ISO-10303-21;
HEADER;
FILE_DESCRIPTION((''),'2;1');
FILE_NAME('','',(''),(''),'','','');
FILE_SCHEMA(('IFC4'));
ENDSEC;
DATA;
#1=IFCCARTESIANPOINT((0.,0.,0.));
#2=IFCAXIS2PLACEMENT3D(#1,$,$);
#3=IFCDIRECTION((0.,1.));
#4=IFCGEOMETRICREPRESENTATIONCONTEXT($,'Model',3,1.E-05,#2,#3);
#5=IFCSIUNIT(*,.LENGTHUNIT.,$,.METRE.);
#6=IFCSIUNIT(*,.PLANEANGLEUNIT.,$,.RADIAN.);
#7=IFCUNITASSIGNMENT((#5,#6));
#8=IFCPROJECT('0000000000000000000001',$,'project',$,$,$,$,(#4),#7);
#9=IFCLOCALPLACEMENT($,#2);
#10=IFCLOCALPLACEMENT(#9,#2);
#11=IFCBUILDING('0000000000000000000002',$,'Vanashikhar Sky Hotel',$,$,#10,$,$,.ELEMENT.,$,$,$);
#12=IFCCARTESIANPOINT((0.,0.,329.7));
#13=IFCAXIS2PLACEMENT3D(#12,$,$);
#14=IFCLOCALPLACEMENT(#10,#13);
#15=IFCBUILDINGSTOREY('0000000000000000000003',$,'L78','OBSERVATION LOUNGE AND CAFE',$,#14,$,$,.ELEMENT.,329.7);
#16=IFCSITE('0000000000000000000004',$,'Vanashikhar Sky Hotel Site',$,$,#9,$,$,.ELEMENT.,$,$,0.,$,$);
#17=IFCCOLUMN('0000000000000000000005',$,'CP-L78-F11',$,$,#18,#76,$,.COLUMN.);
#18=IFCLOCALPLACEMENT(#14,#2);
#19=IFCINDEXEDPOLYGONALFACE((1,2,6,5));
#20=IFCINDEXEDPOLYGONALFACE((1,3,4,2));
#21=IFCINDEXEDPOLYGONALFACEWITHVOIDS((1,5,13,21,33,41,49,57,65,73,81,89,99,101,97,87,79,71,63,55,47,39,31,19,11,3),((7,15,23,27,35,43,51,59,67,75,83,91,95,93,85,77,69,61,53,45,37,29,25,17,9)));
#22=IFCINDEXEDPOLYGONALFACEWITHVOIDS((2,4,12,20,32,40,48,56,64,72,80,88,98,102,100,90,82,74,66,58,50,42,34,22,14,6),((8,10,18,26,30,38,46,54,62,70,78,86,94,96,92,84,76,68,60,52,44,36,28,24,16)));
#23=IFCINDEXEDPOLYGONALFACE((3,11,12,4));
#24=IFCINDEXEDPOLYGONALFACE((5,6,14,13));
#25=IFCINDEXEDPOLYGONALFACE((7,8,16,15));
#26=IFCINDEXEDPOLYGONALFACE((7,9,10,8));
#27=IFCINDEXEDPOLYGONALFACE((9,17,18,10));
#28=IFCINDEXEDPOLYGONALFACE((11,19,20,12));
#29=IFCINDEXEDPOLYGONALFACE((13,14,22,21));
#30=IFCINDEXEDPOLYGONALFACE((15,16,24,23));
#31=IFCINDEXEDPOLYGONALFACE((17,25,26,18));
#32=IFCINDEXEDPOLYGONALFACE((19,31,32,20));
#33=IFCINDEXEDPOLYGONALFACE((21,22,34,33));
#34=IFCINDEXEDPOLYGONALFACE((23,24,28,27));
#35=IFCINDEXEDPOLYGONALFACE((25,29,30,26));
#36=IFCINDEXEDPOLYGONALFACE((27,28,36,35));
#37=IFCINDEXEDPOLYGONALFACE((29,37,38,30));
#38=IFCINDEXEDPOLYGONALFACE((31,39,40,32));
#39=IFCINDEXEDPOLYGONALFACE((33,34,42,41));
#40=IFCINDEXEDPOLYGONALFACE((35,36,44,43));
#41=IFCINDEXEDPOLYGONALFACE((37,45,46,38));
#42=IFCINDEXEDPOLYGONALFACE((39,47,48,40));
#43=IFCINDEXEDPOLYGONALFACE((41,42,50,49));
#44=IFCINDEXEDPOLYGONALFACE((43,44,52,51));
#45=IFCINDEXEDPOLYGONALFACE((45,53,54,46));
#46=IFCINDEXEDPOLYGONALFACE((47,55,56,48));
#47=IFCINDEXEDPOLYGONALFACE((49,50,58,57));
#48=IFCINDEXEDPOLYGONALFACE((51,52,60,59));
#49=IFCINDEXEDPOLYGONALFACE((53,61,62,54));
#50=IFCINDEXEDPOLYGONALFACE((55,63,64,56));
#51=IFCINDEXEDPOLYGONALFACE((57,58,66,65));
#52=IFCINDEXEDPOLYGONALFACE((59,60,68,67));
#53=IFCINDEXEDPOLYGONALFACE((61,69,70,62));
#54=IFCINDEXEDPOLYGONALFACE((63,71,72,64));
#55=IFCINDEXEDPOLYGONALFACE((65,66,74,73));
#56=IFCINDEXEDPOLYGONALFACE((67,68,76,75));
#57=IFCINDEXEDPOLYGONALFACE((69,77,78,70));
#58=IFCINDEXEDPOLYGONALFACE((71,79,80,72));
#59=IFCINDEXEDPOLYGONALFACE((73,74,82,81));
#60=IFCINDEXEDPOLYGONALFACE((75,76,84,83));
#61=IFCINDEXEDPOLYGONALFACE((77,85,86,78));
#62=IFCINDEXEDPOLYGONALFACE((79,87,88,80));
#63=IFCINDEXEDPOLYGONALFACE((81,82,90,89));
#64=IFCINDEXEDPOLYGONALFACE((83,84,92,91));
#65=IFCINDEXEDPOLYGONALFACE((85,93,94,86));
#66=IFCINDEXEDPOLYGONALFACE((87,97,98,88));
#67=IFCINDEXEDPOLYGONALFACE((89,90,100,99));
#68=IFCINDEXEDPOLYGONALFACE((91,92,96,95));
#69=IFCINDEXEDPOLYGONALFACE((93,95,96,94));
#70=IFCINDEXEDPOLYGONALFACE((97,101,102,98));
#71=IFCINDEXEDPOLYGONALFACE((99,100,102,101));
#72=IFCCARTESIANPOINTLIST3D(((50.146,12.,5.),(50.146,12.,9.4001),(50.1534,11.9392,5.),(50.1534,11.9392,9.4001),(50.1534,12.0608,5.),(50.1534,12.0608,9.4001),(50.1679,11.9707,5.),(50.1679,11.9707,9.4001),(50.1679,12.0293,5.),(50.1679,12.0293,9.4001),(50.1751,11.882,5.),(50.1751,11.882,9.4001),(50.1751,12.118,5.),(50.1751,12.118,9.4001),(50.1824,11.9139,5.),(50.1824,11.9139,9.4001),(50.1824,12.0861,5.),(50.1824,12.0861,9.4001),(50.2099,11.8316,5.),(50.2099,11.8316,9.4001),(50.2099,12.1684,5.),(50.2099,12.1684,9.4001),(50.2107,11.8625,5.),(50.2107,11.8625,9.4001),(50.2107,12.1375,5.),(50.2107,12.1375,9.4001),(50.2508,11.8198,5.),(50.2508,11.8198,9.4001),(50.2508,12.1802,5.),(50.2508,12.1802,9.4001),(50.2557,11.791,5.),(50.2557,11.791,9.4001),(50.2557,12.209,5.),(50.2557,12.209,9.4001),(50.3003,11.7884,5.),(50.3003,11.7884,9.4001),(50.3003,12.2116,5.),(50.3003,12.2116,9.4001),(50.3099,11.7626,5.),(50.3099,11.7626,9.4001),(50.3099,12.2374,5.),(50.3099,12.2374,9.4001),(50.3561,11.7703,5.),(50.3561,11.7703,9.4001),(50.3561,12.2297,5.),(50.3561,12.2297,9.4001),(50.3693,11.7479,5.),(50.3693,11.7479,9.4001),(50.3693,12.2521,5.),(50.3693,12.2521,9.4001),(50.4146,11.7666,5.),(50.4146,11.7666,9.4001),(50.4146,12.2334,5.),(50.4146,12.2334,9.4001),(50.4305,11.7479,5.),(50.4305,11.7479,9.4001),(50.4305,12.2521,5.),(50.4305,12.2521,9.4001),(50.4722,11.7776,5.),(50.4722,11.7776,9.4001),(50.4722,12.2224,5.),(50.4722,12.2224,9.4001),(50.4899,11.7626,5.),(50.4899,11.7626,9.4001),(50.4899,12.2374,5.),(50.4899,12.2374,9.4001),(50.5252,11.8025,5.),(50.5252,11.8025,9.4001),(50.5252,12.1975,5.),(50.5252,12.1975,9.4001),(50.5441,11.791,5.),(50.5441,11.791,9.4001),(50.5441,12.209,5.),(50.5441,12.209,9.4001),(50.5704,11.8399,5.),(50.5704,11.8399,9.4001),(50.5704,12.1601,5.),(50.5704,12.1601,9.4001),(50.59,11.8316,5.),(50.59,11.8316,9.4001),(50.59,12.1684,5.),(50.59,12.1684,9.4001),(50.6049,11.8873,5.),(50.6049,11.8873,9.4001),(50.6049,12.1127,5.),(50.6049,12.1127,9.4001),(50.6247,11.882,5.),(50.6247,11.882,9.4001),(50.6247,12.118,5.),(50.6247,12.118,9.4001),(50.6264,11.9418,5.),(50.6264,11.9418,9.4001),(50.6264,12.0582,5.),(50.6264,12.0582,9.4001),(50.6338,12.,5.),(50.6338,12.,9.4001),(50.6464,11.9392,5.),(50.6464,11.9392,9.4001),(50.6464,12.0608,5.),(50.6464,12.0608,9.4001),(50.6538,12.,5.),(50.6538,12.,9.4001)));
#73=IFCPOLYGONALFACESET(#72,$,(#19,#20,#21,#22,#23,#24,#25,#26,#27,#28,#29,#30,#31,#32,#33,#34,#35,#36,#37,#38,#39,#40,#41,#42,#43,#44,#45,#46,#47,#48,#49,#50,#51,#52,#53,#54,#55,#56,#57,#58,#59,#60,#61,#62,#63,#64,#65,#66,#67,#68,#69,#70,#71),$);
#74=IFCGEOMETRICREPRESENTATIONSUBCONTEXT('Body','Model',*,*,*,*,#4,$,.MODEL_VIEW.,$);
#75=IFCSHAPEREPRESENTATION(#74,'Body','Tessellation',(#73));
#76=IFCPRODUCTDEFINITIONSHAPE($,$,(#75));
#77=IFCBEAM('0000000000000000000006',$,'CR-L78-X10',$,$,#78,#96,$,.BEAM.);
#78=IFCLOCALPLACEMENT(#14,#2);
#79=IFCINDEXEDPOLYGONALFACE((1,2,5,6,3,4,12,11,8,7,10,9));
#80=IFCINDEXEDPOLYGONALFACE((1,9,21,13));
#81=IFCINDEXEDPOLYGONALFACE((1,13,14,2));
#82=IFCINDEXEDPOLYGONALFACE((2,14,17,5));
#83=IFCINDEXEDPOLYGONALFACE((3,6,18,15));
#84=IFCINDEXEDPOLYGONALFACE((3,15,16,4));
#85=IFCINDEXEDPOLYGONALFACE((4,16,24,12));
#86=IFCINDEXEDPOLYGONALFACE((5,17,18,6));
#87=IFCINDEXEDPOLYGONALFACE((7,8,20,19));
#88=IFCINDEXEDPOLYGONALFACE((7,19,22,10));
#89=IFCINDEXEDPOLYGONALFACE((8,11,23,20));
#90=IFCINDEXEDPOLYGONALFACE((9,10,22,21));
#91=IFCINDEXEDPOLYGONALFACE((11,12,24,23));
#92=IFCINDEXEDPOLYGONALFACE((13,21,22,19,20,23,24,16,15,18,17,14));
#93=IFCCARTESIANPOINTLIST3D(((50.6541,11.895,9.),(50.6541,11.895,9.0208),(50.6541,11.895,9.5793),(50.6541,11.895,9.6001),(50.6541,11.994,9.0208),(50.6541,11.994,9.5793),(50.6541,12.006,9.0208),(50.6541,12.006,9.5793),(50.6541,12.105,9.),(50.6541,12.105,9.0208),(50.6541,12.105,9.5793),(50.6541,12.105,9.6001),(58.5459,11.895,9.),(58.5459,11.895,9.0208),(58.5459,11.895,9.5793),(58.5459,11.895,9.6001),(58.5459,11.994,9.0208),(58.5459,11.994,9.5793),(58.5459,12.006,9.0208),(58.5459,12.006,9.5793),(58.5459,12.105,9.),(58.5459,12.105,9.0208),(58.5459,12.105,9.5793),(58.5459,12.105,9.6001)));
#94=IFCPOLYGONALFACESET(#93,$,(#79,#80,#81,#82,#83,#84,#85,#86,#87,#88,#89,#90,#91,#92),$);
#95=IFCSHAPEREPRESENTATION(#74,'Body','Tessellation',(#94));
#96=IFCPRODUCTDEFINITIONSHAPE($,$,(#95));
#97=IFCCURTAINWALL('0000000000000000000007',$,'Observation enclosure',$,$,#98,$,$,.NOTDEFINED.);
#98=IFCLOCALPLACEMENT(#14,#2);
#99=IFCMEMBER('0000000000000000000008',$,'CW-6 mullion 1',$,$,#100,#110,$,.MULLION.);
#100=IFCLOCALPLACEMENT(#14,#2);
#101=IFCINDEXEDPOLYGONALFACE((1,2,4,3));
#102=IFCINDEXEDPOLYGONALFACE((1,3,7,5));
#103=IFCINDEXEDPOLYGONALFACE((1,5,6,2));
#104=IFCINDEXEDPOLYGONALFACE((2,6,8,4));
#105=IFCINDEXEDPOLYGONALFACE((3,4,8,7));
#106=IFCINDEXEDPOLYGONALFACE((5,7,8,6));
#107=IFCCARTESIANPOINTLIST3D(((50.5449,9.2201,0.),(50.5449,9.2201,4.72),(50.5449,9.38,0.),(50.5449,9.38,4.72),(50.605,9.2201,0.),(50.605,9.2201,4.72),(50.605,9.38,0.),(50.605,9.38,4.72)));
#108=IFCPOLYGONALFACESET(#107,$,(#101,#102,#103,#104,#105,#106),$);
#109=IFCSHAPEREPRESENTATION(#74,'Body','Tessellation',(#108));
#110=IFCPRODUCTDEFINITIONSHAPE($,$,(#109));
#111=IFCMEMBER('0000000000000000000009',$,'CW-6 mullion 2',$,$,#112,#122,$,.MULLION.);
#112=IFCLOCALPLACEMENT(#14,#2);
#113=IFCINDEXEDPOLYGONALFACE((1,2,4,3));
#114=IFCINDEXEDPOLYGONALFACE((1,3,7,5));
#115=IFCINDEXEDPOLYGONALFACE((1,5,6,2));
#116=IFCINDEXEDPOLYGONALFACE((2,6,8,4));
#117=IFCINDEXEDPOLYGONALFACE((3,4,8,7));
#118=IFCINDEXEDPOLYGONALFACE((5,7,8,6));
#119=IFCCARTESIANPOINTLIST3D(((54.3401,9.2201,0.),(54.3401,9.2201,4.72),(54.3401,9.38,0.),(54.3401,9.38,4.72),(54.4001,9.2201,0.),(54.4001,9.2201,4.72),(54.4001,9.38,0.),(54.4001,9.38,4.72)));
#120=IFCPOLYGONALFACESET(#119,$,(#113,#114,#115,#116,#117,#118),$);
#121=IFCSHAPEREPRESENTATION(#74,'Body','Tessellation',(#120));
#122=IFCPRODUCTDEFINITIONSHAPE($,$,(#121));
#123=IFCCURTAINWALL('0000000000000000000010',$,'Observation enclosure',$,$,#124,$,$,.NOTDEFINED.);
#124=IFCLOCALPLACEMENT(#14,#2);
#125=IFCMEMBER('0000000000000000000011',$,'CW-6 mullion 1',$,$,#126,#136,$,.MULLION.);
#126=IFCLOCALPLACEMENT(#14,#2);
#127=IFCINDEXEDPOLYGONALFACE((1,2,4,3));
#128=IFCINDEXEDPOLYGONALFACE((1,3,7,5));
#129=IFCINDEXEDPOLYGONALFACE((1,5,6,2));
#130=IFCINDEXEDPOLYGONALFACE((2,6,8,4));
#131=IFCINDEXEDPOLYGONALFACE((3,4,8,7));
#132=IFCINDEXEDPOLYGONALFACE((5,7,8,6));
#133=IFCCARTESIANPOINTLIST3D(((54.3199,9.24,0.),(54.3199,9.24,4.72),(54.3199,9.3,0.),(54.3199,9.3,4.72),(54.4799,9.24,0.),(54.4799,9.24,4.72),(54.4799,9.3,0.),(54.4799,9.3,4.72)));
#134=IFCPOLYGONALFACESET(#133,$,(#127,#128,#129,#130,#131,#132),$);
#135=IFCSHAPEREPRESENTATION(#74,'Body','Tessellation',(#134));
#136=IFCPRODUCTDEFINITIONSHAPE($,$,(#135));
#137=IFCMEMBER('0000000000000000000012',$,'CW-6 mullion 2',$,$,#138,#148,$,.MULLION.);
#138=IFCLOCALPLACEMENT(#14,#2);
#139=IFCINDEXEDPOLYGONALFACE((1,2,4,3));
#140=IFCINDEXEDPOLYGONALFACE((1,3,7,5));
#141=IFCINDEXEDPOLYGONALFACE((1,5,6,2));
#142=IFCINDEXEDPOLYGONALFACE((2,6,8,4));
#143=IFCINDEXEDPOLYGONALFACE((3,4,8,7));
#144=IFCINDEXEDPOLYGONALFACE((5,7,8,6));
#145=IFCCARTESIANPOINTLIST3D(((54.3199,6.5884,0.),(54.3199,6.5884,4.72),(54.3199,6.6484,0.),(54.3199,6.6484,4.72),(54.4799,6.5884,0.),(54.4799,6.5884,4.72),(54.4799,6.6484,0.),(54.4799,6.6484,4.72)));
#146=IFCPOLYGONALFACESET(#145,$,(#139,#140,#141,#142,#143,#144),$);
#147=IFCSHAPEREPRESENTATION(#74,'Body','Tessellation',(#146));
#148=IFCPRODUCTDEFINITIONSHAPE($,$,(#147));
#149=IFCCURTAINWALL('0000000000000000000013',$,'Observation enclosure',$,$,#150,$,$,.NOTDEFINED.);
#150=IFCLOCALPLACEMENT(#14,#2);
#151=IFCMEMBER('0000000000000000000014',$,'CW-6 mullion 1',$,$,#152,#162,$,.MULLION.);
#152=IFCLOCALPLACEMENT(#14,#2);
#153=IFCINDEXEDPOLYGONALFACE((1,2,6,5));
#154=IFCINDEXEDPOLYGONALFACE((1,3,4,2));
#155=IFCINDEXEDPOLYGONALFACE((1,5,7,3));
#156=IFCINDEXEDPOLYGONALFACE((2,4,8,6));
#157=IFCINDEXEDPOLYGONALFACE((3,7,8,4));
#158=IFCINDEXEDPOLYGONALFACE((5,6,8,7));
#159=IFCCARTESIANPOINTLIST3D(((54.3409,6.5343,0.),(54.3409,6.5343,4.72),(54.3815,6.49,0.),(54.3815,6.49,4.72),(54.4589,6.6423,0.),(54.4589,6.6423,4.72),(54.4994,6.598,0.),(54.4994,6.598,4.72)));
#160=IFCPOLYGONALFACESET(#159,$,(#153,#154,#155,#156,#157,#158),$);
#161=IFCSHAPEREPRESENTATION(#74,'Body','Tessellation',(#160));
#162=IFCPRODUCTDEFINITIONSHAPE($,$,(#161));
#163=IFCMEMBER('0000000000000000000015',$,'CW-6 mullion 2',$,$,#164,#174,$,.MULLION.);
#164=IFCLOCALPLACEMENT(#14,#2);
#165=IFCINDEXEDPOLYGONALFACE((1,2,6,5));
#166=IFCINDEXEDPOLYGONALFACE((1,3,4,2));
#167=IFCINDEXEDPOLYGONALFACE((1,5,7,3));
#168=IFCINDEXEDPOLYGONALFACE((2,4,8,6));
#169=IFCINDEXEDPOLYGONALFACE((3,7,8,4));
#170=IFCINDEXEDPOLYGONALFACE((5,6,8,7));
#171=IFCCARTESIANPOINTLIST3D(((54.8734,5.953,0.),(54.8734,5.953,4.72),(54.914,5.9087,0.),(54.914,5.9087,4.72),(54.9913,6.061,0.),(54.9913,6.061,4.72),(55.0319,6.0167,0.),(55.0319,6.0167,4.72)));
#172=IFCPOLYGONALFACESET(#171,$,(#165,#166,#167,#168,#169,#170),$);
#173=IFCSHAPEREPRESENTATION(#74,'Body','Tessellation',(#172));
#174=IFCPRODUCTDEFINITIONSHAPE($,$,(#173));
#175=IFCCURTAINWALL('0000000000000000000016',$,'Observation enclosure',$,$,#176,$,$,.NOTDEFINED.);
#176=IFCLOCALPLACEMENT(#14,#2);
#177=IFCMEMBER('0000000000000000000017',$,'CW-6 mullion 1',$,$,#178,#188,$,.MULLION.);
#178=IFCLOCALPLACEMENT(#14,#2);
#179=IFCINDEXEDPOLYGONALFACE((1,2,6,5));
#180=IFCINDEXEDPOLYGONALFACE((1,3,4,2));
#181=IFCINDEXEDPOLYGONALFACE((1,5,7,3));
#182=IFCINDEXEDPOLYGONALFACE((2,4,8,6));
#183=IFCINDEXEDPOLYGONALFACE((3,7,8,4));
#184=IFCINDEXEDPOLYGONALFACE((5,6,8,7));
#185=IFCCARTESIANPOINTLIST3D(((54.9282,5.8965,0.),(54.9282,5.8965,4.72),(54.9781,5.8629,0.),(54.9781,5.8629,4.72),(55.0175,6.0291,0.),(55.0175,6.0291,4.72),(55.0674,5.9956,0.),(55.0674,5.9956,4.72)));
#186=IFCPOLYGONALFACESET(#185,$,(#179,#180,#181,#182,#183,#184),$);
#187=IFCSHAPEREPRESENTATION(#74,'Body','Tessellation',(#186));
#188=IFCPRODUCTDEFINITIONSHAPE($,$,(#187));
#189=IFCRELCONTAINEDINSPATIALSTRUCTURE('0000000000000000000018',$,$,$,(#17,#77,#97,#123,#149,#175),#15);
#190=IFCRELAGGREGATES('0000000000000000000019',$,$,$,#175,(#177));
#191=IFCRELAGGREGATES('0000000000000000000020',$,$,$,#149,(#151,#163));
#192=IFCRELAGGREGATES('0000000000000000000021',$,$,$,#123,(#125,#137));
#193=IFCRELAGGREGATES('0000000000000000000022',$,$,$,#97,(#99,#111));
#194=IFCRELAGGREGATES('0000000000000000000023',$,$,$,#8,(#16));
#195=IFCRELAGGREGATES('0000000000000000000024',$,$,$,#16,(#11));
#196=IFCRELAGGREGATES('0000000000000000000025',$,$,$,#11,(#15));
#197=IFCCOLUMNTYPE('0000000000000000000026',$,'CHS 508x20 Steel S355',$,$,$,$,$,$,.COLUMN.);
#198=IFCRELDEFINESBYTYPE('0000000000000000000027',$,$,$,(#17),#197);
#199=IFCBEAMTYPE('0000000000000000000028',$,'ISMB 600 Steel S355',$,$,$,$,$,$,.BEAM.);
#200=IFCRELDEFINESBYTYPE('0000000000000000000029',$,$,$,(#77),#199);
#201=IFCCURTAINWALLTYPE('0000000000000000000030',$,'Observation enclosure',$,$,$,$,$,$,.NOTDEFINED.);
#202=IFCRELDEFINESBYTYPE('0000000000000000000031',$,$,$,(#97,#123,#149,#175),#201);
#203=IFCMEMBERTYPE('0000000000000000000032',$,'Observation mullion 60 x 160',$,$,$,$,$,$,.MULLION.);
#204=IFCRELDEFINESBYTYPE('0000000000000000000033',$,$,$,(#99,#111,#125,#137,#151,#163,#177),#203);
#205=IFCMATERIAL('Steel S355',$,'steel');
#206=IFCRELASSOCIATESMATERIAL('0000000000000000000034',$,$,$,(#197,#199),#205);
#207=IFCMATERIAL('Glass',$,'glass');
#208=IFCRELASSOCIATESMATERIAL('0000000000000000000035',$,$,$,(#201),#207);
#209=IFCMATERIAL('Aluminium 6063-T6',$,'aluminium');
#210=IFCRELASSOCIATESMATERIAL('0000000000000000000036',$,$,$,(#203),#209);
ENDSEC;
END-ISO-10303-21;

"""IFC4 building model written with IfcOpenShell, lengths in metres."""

from ifc_helpers import new_model, si_unit, direction, frame, origin, origin_2d, place, context, subcontext, project, spatial, rectangle, hollow_circle, i_section, extrude, source, transform, mapped, material, material_profile, profile_set, type_object, element, aggregate, save


model = new_model("IFC4")

# Units and contexts
model_context = context("Model", 3, precision=1e-05, world=origin(), true_north=direction((0.0, 1.0)))
body_context = subcontext(model_context, "Body", "Model", "MODEL_VIEW")
ifc_project = project(units=[si_unit("LENGTHUNIT", "METRE"), si_unit("PLANEANGLEUNIT", "RADIAN")], contexts=[model_context])

# Site, building, storey
site_placement = place(None, origin())
site = spatial("IfcSite", under=ifc_project, at=site_placement, Name="Vanashikhar Sky Hotel Site", CompositionType="ELEMENT", RefElevation=0.0)
building_placement = place(site_placement, origin())
building = spatial("IfcBuilding", under=site, at=building_placement, Name="Vanashikhar Sky Hotel", CompositionType="ELEMENT")
storey_placement = place(building_placement, frame((0.0, 0.0, 329.7)))
storey = spatial("IfcBuildingStorey", under=building, at=storey_placement, Name="L78", Description="OBSERVATION LOUNGE AND CAFE", CompositionType="ELEMENT", Elevation=329.7)

# Column
ifc_material_1 = material(Name="Steel S355", Category="steel")
ifc_material_profile_1 = material_profile(ifc_material_1, hollow_circle(Radius=0.2539, WallThickness=0.02, at=origin_2d()))
ifc_profile_set_1 = profile_set([ifc_material_profile_1], Name="CHS 508x20 Steel S355")
column_type = type_object("IfcColumnType", Name="CHS 508x20 Steel S355", PredefinedType="COLUMN", material=ifc_profile_set_1)
shared_shape_1 = source(origin(), body_context, "Body", "SweptSolid", [
    extrude(hollow_circle(Radius=0.2539, WallThickness=0.02, at=origin_2d()), origin(), (0.0, 0.0, 1.0), 4.4001),
])
column_placement = place(storey_placement, frame((50.3999, 12.0, 5.0), z_axis=(0.0, 0.0, 1.0), x_axis=(1.0, 0.0, 0.0)))
element("IfcColumn", 1, at=column_placement, inside=storey, type_object=column_type, Name="CP-L78-F11", PredefinedType="COLUMN", context=body_context, shape_type="MappedRepresentation", body=[
    mapped(shared_shape_1, transform((0.0, 0.0, 0.0), scale=1.0)),
])

# Beam
ifc_material_profile_2 = material_profile(ifc_material_1, i_section(OverallWidth=0.21, OverallDepth=0.6001, WebThickness=0.012, FlangeThickness=0.0208, at=origin_2d()), Name="ISMB 600")
ifc_profile_set_2 = profile_set([ifc_material_profile_2], Name="Steel S355")
beam_type = type_object("IfcBeamType", Name="ISMB 600 Steel S355", PredefinedType="BEAM", material=ifc_profile_set_2)
shared_shape_2 = source(origin(), body_context, "Body", "SweptSolid", [
    extrude(i_section(OverallWidth=0.21, OverallDepth=0.6001, WebThickness=0.012, FlangeThickness=0.0208, at=origin_2d()), origin(), (0.0, 0.0, 1.0), 7.8918),
])
beam_placement = place(storey_placement, frame((50.6541, 12.0, 9.3), z_axis=(1.0, 0.0, 0.0), x_axis=(0.0, 1.0, 0.0)))
element("IfcBeam", 2, at=beam_placement, inside=storey, type_object=beam_type, Name="CR-L78-X10", PredefinedType="BEAM", context=body_context, shape_type="MappedRepresentation", body=[
    mapped(shared_shape_2, transform((0.0, 0.0, 0.0), scale=1.0)),
])

# Curtain walls, members
ifc_material_2 = material(Name="Glass", Category="glass")
curtain_wall_type = type_object("IfcCurtainWallType", Name="Observation enclosure", PredefinedType="NOTDEFINED", material=ifc_material_2)
curtain_wall_1_placement = place(storey_placement, origin())
curtain_wall_1 = element("IfcCurtainWall", 3, at=curtain_wall_1_placement, inside=storey, type_object=curtain_wall_type, Name="Observation enclosure", PredefinedType="NOTDEFINED")
ifc_material_3 = material(Name="Aluminium 6063-T6", Category="aluminium")
ifc_material_profile_3 = material_profile(ifc_material_3, rectangle(XDim=0.1599, YDim=0.0601, at=origin_2d()))
ifc_profile_set_3 = profile_set([ifc_material_profile_3], Name="Aluminium 6063-T6")
member_type_1 = type_object("IfcMemberType", Name="Observation mullion 60 x 160", PredefinedType="MULLION", material=ifc_profile_set_3)
shared_shape_3 = source(origin(), body_context, "Body", "SweptSolid", [
    extrude(rectangle(XDim=0.1599, YDim=0.0601, at=origin_2d()), origin(), (0.0, 0.0, 1.0), 4.72),
])
member_1_placement = place(storey_placement, frame((50.575, 9.3, 0.0), z_axis=(0.0, 0.0, 1.0), x_axis=(0.0, 1.0, 0.0)))
member_1 = element("IfcMember", 4, at=member_1_placement, type_object=member_type_1, Name="CW-6 mullion 1", PredefinedType="MULLION", context=body_context, shape_type="MappedRepresentation", body=[
    mapped(shared_shape_3, transform((0.0, 0.0, 0.0), scale=1.0)),
])
member_2_placement = place(storey_placement, frame((54.3701, 9.3, 0.0), z_axis=(0.0, 0.0, 1.0), x_axis=(0.0, 1.0, 0.0)))
member_2 = element("IfcMember", 5, at=member_2_placement, type_object=member_type_1, Name="CW-6 mullion 2", PredefinedType="MULLION", context=body_context, shape_type="MappedRepresentation", body=[
    mapped(shared_shape_3, transform((0.0, 0.0, 0.0), scale=1.0)),
])
curtain_wall_2_placement = place(storey_placement, origin())
curtain_wall_2 = element("IfcCurtainWall", 6, at=curtain_wall_2_placement, inside=storey, type_object=curtain_wall_type, Name="Observation enclosure", PredefinedType="NOTDEFINED")
member_3_placement = place(storey_placement, frame((54.3999, 9.27, 0.0), z_axis=(0.0, 0.0, 1.0), x_axis=(1.0, 0.0, 0.0)))
member_3 = element("IfcMember", 7, at=member_3_placement, type_object=member_type_1, Name="CW-6 mullion 1", PredefinedType="MULLION", context=body_context, shape_type="MappedRepresentation", body=[
    mapped(shared_shape_3, transform((0.0, 0.0, 0.0), scale=1.0)),
])
member_4_placement = place(storey_placement, frame((54.3999, 6.6184, 0.0), z_axis=(0.0, 0.0, 1.0), x_axis=(1.0, 0.0, 0.0)))
member_4 = element("IfcMember", 8, at=member_4_placement, type_object=member_type_1, Name="CW-6 mullion 2", PredefinedType="MULLION", context=body_context, shape_type="MappedRepresentation", body=[
    mapped(shared_shape_3, transform((0.0, 0.0, 0.0), scale=1.0)),
])
curtain_wall_3_placement = place(storey_placement, origin())
curtain_wall_3 = element("IfcCurtainWall", 9, at=curtain_wall_3_placement, inside=storey, type_object=curtain_wall_type, Name="Observation enclosure", PredefinedType="NOTDEFINED")
member_5_placement = place(storey_placement, frame((54.4202, 6.5662, 0.0), z_axis=(0.0, 0.0, 1.0), x_axis=(0.737487, 0.675362, 0.0)))
member_5 = element("IfcMember", 10, at=member_5_placement, type_object=member_type_1, Name="CW-6 mullion 1", PredefinedType="MULLION", context=body_context, shape_type="MappedRepresentation", body=[
    mapped(shared_shape_3, transform((0.0, 0.0, 0.0), scale=1.0)),
])
member_6_placement = place(storey_placement, frame((54.9526, 5.9849, 0.0), z_axis=(0.0, 0.0, 1.0), x_axis=(0.737487, 0.675362, 0.0)))
member_6 = element("IfcMember", 11, at=member_6_placement, type_object=member_type_1, Name="CW-6 mullion 2", PredefinedType="MULLION", context=body_context, shape_type="MappedRepresentation", body=[
    mapped(shared_shape_3, transform((0.0, 0.0, 0.0), scale=1.0)),
])
curtain_wall_4_placement = place(storey_placement, origin())
curtain_wall_4 = element("IfcCurtainWall", 12, at=curtain_wall_4_placement, inside=storey, type_object=curtain_wall_type, Name="Observation enclosure", PredefinedType="NOTDEFINED")
member_7_placement = place(storey_placement, frame((54.9978, 5.946, 0.0), z_axis=(0.0, 0.0, 1.0), x_axis=(0.558363, 0.829597, 0.0)))
member_7 = element("IfcMember", 13, at=member_7_placement, type_object=member_type_1, Name="CW-6 mullion 1", PredefinedType="MULLION", context=body_context, shape_type="MappedRepresentation", body=[
    mapped(shared_shape_3, transform((0.0, 0.0, 0.0), scale=1.0)),
])

aggregate(curtain_wall_4, [member_7])
aggregate(curtain_wall_3, [member_5, member_6])
aggregate(curtain_wall_2, [member_3, member_4])
aggregate(curtain_wall_1, [member_1, member_2])

save(model, "model.ifc")
